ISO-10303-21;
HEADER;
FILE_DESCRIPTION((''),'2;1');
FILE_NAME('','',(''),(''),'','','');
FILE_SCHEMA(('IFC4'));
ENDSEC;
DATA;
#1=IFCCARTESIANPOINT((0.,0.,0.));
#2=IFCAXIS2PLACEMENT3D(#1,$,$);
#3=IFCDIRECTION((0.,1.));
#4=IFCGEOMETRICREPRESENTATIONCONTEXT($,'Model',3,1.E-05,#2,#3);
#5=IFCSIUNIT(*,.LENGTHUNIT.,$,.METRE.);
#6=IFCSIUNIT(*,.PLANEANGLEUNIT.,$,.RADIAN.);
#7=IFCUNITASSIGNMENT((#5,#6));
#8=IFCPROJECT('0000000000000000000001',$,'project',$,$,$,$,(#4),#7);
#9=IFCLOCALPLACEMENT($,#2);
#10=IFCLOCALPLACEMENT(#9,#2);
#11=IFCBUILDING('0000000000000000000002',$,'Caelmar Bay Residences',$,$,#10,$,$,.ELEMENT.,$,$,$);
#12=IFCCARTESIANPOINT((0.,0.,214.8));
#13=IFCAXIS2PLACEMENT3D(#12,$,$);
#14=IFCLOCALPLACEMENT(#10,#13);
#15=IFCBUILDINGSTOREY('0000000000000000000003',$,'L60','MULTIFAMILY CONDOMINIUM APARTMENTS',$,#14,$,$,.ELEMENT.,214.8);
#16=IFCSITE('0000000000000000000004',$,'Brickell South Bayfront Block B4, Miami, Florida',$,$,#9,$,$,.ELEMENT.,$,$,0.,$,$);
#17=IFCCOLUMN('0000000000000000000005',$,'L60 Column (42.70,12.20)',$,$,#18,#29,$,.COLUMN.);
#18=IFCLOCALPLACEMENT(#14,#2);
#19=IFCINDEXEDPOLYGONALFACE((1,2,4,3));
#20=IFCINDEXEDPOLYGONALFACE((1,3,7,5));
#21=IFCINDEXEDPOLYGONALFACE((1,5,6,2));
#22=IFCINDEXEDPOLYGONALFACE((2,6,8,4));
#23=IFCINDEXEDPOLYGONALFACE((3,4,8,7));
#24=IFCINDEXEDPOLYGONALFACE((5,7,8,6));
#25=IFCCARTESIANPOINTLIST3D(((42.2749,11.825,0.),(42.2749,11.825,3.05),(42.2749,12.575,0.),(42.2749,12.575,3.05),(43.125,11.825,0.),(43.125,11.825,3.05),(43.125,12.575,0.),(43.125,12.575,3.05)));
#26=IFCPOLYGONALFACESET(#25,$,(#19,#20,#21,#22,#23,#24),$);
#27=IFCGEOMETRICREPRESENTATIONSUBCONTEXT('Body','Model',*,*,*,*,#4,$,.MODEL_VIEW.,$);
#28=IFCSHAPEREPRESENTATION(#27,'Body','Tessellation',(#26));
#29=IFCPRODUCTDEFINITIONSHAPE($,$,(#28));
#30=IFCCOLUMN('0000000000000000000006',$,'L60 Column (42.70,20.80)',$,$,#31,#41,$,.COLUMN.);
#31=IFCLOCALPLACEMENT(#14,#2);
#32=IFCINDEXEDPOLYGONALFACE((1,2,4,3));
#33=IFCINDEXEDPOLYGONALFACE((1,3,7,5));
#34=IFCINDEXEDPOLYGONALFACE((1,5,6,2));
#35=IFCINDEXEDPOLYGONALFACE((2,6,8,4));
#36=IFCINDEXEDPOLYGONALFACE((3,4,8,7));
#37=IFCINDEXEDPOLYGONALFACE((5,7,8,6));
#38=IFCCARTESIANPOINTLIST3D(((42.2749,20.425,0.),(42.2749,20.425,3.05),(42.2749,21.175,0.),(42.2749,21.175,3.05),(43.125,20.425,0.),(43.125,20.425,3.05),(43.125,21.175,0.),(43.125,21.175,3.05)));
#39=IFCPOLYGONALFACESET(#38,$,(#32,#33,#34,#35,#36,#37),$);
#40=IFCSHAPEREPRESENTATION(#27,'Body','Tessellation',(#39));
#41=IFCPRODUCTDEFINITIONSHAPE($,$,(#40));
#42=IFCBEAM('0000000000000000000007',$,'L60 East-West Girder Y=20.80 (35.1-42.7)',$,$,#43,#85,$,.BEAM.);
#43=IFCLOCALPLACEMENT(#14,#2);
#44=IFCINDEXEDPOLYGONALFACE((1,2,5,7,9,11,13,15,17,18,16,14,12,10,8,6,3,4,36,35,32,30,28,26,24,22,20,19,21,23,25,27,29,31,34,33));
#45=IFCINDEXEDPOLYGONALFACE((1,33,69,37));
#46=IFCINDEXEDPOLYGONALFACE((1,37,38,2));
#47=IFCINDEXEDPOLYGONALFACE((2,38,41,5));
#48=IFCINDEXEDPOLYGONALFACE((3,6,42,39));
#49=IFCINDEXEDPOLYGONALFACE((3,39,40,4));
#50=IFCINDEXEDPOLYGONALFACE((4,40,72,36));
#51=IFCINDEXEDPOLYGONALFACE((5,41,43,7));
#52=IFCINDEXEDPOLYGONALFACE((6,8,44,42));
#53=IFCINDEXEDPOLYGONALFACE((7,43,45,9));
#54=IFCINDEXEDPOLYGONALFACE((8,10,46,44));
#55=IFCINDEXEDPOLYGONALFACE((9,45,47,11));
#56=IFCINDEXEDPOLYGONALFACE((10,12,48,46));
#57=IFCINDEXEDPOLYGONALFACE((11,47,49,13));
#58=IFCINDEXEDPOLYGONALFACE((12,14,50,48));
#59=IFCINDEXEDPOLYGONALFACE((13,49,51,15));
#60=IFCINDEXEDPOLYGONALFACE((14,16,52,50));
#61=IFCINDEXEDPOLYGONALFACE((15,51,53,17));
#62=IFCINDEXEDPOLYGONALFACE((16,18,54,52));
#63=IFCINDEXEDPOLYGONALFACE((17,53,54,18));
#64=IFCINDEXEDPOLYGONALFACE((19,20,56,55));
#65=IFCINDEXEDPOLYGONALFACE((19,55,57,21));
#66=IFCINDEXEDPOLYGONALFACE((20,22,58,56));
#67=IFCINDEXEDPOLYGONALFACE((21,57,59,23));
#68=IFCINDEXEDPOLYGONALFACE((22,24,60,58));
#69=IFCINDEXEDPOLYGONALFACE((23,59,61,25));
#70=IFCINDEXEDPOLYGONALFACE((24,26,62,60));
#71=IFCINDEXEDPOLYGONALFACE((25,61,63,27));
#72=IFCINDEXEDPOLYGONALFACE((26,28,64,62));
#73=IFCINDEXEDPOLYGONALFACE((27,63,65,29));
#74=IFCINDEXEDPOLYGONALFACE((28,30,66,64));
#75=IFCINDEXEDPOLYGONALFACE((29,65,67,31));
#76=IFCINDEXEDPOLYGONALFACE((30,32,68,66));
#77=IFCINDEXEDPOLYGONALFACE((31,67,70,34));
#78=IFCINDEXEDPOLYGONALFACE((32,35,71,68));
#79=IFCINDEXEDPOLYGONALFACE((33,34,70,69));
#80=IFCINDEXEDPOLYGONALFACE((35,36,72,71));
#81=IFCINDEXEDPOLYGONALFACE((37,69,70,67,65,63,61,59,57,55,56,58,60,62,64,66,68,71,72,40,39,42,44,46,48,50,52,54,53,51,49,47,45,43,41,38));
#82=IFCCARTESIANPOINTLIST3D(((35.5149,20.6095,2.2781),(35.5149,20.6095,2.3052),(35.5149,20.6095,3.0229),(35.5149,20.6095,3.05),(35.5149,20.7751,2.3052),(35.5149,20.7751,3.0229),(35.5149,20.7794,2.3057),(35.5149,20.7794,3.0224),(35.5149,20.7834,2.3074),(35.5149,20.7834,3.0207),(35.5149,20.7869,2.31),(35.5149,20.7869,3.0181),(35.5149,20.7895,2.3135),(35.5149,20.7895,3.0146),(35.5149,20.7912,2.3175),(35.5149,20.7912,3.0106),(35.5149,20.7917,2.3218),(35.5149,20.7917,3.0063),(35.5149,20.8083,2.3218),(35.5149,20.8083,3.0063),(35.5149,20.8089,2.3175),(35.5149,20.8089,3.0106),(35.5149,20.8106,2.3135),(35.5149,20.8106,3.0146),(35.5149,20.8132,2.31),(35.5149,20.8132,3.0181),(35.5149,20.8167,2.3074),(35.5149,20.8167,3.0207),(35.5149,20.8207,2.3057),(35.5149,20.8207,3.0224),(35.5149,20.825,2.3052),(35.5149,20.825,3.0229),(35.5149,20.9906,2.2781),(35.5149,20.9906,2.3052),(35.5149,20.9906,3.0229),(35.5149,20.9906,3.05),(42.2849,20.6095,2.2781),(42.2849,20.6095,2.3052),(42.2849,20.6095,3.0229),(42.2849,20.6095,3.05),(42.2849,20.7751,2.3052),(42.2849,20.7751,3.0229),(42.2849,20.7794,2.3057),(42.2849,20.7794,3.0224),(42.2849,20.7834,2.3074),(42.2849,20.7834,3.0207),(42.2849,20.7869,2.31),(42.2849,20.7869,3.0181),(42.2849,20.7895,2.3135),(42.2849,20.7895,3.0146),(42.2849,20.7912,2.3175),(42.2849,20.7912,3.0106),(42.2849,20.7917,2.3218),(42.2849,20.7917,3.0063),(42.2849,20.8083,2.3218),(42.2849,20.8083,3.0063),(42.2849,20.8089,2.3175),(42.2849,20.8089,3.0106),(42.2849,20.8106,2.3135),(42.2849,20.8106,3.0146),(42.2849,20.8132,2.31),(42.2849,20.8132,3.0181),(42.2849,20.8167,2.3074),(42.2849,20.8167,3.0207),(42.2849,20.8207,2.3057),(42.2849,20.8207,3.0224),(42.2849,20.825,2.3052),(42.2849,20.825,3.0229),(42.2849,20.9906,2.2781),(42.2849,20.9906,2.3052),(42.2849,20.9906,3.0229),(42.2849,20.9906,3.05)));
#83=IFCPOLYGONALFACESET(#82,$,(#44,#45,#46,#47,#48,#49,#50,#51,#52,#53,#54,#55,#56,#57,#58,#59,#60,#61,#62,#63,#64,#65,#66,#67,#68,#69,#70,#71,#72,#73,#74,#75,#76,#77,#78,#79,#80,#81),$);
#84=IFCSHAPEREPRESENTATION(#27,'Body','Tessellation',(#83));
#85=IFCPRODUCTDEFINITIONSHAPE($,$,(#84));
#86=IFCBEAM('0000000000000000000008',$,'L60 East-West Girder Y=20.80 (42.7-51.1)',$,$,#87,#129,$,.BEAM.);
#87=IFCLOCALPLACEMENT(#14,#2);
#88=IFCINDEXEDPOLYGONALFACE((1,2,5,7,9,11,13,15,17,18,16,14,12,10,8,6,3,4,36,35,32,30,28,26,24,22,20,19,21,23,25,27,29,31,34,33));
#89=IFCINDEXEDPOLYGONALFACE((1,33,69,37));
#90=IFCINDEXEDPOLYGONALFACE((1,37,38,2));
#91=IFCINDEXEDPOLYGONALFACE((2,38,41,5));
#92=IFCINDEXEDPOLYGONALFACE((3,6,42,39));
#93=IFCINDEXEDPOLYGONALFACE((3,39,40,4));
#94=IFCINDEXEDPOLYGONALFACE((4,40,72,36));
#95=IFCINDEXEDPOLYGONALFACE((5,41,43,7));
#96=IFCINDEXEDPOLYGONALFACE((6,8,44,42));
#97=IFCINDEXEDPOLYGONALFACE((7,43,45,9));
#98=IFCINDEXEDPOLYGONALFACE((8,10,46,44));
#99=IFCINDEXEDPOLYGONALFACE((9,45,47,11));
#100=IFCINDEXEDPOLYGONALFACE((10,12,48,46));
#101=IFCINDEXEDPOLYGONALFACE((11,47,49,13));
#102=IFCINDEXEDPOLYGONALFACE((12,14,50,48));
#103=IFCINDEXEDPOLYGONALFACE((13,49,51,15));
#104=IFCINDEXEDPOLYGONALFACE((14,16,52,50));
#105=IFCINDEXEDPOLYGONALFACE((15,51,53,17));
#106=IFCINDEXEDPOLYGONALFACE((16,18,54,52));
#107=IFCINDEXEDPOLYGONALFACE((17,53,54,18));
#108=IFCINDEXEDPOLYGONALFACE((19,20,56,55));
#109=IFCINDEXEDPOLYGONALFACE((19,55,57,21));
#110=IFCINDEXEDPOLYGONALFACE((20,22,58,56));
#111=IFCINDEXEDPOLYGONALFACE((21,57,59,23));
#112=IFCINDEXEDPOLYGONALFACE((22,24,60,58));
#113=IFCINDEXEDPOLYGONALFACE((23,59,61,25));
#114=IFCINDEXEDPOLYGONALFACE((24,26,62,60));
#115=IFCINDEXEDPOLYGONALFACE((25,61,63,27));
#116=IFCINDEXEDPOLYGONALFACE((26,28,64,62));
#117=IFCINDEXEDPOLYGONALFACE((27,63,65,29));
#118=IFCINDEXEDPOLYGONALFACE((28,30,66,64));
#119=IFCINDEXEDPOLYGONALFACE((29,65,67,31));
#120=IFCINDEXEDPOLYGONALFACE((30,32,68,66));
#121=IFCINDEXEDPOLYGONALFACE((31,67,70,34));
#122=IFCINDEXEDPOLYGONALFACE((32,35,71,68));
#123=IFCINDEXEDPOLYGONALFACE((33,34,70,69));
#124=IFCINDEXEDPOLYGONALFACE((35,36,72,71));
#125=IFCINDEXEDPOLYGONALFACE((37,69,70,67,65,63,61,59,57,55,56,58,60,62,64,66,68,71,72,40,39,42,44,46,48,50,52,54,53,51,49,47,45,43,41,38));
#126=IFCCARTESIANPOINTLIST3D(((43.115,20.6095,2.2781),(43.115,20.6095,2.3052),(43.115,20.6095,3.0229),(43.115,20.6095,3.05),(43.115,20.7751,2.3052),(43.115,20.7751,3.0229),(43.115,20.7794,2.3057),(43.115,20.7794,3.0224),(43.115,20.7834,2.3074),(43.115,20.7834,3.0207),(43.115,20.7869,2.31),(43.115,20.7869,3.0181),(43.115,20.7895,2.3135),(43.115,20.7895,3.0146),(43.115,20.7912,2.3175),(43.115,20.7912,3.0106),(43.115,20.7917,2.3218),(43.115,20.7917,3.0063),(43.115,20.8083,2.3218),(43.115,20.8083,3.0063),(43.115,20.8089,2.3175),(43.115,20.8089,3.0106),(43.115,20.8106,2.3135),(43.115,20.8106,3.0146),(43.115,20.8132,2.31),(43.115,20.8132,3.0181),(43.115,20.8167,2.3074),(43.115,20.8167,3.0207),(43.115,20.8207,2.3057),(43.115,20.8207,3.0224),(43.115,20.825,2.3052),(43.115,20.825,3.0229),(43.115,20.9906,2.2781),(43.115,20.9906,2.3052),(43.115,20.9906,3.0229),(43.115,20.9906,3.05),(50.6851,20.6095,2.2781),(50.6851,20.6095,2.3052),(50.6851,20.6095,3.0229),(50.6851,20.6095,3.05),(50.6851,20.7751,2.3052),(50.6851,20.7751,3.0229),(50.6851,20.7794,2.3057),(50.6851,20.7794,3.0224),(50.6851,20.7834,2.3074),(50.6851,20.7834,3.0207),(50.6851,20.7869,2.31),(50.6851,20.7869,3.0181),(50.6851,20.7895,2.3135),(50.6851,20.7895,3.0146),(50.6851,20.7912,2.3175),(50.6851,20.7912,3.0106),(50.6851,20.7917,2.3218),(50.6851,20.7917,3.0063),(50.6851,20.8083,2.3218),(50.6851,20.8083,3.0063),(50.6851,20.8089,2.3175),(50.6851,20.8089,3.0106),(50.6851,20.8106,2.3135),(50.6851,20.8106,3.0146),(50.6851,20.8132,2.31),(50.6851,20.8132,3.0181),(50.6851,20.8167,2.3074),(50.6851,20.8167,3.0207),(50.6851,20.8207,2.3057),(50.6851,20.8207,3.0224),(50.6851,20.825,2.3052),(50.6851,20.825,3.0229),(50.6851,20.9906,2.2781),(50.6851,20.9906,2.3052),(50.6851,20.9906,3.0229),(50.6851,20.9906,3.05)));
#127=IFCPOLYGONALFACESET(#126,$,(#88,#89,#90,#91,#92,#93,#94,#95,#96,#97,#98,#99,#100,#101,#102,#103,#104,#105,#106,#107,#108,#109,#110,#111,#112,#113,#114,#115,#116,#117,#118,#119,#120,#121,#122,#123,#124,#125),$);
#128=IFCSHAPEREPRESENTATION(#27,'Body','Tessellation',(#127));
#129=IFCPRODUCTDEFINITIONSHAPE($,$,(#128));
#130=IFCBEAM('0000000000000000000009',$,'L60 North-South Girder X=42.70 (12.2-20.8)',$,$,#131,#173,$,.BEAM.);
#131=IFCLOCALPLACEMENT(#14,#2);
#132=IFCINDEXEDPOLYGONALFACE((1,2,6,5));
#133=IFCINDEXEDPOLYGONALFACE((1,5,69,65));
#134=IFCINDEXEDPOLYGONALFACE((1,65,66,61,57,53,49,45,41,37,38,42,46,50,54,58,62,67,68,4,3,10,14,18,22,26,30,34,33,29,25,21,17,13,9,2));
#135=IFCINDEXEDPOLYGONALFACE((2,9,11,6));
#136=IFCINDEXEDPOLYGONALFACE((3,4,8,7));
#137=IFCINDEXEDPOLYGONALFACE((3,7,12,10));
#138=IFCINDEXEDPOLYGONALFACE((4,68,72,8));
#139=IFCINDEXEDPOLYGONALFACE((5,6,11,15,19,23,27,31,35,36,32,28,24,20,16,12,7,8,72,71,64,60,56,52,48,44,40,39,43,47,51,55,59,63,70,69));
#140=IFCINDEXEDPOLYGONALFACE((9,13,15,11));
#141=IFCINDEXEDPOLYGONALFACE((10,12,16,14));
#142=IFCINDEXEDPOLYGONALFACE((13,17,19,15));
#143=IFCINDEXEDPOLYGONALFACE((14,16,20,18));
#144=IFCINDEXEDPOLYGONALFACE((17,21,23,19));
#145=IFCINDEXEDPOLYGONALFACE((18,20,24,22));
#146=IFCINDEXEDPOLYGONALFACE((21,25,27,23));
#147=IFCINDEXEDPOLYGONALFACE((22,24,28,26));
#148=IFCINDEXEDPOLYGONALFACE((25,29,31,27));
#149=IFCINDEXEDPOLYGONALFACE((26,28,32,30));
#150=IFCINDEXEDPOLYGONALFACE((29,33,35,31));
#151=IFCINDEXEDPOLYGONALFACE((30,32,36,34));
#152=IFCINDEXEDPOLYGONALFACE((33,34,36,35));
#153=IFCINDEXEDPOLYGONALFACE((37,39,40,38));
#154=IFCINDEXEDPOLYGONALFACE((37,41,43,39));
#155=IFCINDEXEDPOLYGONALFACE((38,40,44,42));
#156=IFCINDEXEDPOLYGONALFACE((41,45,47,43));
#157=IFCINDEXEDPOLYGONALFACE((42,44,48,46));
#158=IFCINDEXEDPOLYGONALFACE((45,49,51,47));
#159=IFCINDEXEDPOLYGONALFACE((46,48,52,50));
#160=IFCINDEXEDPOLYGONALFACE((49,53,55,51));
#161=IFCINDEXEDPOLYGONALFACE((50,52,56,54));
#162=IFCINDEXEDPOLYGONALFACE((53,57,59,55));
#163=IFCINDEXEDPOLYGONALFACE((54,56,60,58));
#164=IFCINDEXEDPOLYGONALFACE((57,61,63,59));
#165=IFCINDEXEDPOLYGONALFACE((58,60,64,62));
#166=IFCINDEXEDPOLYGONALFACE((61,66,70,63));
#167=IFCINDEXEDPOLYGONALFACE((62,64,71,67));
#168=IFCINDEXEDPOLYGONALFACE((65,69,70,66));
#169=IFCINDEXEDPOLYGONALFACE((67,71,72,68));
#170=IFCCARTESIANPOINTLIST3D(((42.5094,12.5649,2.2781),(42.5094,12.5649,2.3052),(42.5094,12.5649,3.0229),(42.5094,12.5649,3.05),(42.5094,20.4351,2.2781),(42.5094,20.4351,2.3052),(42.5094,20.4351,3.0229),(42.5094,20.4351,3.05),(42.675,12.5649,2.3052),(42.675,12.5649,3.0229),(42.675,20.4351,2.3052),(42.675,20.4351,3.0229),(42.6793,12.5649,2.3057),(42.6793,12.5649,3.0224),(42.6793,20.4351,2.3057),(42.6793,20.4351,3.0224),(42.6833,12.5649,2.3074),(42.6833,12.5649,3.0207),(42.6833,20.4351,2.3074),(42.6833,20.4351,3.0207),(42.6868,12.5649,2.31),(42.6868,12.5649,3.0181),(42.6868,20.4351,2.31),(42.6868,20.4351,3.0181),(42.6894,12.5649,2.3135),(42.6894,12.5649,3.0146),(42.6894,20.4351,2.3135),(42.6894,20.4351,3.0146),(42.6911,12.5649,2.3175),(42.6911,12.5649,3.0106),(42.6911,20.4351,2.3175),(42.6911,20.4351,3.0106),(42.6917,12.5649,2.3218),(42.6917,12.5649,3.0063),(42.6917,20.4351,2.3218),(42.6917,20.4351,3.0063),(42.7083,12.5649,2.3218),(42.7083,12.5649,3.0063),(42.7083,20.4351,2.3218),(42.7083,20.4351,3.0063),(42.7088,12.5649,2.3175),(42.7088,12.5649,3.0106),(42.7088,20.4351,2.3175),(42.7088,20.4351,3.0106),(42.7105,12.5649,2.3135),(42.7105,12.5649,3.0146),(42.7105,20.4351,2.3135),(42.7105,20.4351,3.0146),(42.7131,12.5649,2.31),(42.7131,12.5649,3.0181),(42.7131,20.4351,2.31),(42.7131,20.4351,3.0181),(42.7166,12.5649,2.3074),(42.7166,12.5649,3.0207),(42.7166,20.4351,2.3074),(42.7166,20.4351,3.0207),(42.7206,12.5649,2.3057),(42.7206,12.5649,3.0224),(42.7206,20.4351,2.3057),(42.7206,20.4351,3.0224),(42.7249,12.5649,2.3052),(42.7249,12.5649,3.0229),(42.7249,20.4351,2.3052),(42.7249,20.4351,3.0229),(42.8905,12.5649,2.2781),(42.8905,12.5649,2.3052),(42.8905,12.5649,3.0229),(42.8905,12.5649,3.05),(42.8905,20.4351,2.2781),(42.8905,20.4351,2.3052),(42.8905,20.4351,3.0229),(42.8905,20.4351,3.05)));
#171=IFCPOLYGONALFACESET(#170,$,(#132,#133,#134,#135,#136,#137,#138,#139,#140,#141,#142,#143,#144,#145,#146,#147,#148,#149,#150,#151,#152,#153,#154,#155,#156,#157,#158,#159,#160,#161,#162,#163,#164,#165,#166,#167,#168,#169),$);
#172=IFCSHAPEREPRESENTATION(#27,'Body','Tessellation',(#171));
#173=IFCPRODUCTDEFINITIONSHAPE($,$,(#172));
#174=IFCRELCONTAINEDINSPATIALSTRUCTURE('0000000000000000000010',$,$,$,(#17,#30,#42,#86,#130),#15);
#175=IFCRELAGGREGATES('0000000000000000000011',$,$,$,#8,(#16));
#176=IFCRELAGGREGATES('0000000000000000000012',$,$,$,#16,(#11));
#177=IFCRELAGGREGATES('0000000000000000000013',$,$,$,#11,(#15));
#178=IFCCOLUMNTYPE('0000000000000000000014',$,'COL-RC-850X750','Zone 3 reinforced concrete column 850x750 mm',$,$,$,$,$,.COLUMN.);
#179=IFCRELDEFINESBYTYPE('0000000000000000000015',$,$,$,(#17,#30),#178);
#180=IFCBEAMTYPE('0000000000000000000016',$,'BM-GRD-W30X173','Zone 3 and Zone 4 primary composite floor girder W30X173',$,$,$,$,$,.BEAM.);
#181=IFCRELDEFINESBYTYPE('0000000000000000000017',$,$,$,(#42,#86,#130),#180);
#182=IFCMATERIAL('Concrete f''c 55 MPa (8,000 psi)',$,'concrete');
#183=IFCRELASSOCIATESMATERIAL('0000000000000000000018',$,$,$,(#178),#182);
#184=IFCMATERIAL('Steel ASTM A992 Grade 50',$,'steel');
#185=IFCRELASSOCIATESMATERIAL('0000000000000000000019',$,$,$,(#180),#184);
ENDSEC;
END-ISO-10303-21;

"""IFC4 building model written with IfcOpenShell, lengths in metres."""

from ifc_helpers import new_model, si_unit, direction, frame, origin, origin_2d, place, context, subcontext, project, spatial, rectangle, i_section, extrude, material, material_profile, profile_set, type_object, element, save


model = new_model("IFC4")

# Units and contexts
model_context = context("Model", 3, precision=1e-05, world=origin(), true_north=direction((0.0, 1.0)))
body_context = subcontext(model_context, "Body", "Model", "MODEL_VIEW")
ifc_project = project(units=[si_unit("LENGTHUNIT", "METRE"), si_unit("PLANEANGLEUNIT", "RADIAN")], contexts=[model_context])

# Site, building, storey
site_placement = place(None, origin())
site = spatial("IfcSite", under=ifc_project, at=site_placement, Name="Brickell South Bayfront Block B4, Miami, Florida", CompositionType="ELEMENT", RefElevation=0.0)
building_placement = place(site_placement, origin())
building = spatial("IfcBuilding", under=site, at=building_placement, Name="Caelmar Bay Residences", CompositionType="ELEMENT")
storey_placement = place(building_placement, frame((0.0, 0.0, 214.8)))
storey = spatial("IfcBuildingStorey", under=building, at=storey_placement, Name="L60", Description="MULTIFAMILY CONDOMINIUM APARTMENTS", CompositionType="ELEMENT", Elevation=214.8)

# Columns
ifc_material_1 = material(Name="Concrete f'c 55 MPa (8,000 psi)", Category="concrete")
ifc_material_profile_1 = material_profile(ifc_material_1, rectangle(XDim=0.8501, YDim=0.75, at=origin_2d()), Name="RC-COL-850X750")
ifc_profile_set_1 = profile_set([ifc_material_profile_1], Name="Concrete f'c 55 MPa (8,000 psi)")
column_type = type_object("IfcColumnType", Name="COL-RC-850X750", Description="Zone 3 reinforced concrete column 850x750 mm", PredefinedType="COLUMN", material=ifc_profile_set_1)
for number, where, z_axis, x_axis, name in (
    (1, (42.7, 12.2, 0.0), (0.0, 0.0, 1.0), (1.0, 0.0, 0.0), "L60 Column (42.70,12.20)"),
    (2, (42.7, 20.8, 0.0), (0.0, 0.0, 1.0), (1.0, 0.0, 0.0), "L60 Column (42.70,20.80)"),
):
    element("IfcColumn", number, at=place(storey_placement, frame(where, z_axis=z_axis, x_axis=x_axis)), inside=storey, type_object=column_type, Name=name, PredefinedType="COLUMN", context=body_context, shape_type="SweptSolid", body=[
        extrude(rectangle(XDim=0.8501, YDim=0.75, at=origin_2d()), origin(), (0.0, 0.0, 1.0), 3.05),
    ])

# Beams
ifc_material_2 = material(Name="Steel ASTM A992 Grade 50", Category="steel")
ifc_material_profile_2 = material_profile(ifc_material_2, i_section(OverallWidth=0.3811, OverallDepth=0.772, WebThickness=0.0166, FlangeThickness=0.0271, FilletRadius=0.0166, at=origin_2d()), Name="W30X173")
ifc_profile_set_2 = profile_set([ifc_material_profile_2], Name="Steel ASTM A992 Grade 50")
beam_type_1 = type_object("IfcBeamType", Name="BM-GRD-W30X173", Description="Zone 3 and Zone 4 primary composite floor girder W30X173", PredefinedType="BEAM", material=ifc_profile_set_2)
beam_1_placement = place(storey_placement, frame((35.5149, 20.8, 2.6641), z_axis=(1.0, 0.0, 0.0), x_axis=(0.0, 1.0, 0.0)))
element("IfcBeam", 3, at=beam_1_placement, inside=storey, type_object=beam_type_1, Name="L60 East-West Girder Y=20.80 (35.1-42.7)", PredefinedType="BEAM", context=body_context, shape_type="SweptSolid", body=[
    extrude(i_section(OverallWidth=0.3811, OverallDepth=0.772, WebThickness=0.0166, FlangeThickness=0.0271, FilletRadius=0.0166, at=origin_2d()), origin(), (0.0, 0.0, 1.0), 6.77),
])
beam_2_placement = place(storey_placement, frame((43.115, 20.8, 2.6641), z_axis=(1.0, 0.0, 0.0), x_axis=(0.0, 1.0, 0.0)))
element("IfcBeam", 4, at=beam_2_placement, inside=storey, type_object=beam_type_1, Name="L60 East-West Girder Y=20.80 (42.7-51.1)", PredefinedType="BEAM", context=body_context, shape_type="SweptSolid", body=[
    extrude(i_section(OverallWidth=0.3811, OverallDepth=0.772, WebThickness=0.0166, FlangeThickness=0.0271, FilletRadius=0.0166, at=origin_2d()), origin(), (0.0, 0.0, 1.0), 7.5701),
])
beam_3_placement = place(storey_placement, frame((42.7, 12.5649, 2.6641), z_axis=(0.0, 1.0, 0.0), x_axis=(-1.0, 0.0, 0.0)))
element("IfcBeam", 5, at=beam_3_placement, inside=storey, type_object=beam_type_1, Name="L60 North-South Girder X=42.70 (12.2-20.8)", PredefinedType="BEAM", context=body_context, shape_type="SweptSolid", body=[
    extrude(i_section(OverallWidth=0.3811, OverallDepth=0.772, WebThickness=0.0166, FlangeThickness=0.0271, FilletRadius=0.0166, at=origin_2d()), origin(), (0.0, 0.0, 1.0), 7.8701),
])

save(model, "model.ifc")
